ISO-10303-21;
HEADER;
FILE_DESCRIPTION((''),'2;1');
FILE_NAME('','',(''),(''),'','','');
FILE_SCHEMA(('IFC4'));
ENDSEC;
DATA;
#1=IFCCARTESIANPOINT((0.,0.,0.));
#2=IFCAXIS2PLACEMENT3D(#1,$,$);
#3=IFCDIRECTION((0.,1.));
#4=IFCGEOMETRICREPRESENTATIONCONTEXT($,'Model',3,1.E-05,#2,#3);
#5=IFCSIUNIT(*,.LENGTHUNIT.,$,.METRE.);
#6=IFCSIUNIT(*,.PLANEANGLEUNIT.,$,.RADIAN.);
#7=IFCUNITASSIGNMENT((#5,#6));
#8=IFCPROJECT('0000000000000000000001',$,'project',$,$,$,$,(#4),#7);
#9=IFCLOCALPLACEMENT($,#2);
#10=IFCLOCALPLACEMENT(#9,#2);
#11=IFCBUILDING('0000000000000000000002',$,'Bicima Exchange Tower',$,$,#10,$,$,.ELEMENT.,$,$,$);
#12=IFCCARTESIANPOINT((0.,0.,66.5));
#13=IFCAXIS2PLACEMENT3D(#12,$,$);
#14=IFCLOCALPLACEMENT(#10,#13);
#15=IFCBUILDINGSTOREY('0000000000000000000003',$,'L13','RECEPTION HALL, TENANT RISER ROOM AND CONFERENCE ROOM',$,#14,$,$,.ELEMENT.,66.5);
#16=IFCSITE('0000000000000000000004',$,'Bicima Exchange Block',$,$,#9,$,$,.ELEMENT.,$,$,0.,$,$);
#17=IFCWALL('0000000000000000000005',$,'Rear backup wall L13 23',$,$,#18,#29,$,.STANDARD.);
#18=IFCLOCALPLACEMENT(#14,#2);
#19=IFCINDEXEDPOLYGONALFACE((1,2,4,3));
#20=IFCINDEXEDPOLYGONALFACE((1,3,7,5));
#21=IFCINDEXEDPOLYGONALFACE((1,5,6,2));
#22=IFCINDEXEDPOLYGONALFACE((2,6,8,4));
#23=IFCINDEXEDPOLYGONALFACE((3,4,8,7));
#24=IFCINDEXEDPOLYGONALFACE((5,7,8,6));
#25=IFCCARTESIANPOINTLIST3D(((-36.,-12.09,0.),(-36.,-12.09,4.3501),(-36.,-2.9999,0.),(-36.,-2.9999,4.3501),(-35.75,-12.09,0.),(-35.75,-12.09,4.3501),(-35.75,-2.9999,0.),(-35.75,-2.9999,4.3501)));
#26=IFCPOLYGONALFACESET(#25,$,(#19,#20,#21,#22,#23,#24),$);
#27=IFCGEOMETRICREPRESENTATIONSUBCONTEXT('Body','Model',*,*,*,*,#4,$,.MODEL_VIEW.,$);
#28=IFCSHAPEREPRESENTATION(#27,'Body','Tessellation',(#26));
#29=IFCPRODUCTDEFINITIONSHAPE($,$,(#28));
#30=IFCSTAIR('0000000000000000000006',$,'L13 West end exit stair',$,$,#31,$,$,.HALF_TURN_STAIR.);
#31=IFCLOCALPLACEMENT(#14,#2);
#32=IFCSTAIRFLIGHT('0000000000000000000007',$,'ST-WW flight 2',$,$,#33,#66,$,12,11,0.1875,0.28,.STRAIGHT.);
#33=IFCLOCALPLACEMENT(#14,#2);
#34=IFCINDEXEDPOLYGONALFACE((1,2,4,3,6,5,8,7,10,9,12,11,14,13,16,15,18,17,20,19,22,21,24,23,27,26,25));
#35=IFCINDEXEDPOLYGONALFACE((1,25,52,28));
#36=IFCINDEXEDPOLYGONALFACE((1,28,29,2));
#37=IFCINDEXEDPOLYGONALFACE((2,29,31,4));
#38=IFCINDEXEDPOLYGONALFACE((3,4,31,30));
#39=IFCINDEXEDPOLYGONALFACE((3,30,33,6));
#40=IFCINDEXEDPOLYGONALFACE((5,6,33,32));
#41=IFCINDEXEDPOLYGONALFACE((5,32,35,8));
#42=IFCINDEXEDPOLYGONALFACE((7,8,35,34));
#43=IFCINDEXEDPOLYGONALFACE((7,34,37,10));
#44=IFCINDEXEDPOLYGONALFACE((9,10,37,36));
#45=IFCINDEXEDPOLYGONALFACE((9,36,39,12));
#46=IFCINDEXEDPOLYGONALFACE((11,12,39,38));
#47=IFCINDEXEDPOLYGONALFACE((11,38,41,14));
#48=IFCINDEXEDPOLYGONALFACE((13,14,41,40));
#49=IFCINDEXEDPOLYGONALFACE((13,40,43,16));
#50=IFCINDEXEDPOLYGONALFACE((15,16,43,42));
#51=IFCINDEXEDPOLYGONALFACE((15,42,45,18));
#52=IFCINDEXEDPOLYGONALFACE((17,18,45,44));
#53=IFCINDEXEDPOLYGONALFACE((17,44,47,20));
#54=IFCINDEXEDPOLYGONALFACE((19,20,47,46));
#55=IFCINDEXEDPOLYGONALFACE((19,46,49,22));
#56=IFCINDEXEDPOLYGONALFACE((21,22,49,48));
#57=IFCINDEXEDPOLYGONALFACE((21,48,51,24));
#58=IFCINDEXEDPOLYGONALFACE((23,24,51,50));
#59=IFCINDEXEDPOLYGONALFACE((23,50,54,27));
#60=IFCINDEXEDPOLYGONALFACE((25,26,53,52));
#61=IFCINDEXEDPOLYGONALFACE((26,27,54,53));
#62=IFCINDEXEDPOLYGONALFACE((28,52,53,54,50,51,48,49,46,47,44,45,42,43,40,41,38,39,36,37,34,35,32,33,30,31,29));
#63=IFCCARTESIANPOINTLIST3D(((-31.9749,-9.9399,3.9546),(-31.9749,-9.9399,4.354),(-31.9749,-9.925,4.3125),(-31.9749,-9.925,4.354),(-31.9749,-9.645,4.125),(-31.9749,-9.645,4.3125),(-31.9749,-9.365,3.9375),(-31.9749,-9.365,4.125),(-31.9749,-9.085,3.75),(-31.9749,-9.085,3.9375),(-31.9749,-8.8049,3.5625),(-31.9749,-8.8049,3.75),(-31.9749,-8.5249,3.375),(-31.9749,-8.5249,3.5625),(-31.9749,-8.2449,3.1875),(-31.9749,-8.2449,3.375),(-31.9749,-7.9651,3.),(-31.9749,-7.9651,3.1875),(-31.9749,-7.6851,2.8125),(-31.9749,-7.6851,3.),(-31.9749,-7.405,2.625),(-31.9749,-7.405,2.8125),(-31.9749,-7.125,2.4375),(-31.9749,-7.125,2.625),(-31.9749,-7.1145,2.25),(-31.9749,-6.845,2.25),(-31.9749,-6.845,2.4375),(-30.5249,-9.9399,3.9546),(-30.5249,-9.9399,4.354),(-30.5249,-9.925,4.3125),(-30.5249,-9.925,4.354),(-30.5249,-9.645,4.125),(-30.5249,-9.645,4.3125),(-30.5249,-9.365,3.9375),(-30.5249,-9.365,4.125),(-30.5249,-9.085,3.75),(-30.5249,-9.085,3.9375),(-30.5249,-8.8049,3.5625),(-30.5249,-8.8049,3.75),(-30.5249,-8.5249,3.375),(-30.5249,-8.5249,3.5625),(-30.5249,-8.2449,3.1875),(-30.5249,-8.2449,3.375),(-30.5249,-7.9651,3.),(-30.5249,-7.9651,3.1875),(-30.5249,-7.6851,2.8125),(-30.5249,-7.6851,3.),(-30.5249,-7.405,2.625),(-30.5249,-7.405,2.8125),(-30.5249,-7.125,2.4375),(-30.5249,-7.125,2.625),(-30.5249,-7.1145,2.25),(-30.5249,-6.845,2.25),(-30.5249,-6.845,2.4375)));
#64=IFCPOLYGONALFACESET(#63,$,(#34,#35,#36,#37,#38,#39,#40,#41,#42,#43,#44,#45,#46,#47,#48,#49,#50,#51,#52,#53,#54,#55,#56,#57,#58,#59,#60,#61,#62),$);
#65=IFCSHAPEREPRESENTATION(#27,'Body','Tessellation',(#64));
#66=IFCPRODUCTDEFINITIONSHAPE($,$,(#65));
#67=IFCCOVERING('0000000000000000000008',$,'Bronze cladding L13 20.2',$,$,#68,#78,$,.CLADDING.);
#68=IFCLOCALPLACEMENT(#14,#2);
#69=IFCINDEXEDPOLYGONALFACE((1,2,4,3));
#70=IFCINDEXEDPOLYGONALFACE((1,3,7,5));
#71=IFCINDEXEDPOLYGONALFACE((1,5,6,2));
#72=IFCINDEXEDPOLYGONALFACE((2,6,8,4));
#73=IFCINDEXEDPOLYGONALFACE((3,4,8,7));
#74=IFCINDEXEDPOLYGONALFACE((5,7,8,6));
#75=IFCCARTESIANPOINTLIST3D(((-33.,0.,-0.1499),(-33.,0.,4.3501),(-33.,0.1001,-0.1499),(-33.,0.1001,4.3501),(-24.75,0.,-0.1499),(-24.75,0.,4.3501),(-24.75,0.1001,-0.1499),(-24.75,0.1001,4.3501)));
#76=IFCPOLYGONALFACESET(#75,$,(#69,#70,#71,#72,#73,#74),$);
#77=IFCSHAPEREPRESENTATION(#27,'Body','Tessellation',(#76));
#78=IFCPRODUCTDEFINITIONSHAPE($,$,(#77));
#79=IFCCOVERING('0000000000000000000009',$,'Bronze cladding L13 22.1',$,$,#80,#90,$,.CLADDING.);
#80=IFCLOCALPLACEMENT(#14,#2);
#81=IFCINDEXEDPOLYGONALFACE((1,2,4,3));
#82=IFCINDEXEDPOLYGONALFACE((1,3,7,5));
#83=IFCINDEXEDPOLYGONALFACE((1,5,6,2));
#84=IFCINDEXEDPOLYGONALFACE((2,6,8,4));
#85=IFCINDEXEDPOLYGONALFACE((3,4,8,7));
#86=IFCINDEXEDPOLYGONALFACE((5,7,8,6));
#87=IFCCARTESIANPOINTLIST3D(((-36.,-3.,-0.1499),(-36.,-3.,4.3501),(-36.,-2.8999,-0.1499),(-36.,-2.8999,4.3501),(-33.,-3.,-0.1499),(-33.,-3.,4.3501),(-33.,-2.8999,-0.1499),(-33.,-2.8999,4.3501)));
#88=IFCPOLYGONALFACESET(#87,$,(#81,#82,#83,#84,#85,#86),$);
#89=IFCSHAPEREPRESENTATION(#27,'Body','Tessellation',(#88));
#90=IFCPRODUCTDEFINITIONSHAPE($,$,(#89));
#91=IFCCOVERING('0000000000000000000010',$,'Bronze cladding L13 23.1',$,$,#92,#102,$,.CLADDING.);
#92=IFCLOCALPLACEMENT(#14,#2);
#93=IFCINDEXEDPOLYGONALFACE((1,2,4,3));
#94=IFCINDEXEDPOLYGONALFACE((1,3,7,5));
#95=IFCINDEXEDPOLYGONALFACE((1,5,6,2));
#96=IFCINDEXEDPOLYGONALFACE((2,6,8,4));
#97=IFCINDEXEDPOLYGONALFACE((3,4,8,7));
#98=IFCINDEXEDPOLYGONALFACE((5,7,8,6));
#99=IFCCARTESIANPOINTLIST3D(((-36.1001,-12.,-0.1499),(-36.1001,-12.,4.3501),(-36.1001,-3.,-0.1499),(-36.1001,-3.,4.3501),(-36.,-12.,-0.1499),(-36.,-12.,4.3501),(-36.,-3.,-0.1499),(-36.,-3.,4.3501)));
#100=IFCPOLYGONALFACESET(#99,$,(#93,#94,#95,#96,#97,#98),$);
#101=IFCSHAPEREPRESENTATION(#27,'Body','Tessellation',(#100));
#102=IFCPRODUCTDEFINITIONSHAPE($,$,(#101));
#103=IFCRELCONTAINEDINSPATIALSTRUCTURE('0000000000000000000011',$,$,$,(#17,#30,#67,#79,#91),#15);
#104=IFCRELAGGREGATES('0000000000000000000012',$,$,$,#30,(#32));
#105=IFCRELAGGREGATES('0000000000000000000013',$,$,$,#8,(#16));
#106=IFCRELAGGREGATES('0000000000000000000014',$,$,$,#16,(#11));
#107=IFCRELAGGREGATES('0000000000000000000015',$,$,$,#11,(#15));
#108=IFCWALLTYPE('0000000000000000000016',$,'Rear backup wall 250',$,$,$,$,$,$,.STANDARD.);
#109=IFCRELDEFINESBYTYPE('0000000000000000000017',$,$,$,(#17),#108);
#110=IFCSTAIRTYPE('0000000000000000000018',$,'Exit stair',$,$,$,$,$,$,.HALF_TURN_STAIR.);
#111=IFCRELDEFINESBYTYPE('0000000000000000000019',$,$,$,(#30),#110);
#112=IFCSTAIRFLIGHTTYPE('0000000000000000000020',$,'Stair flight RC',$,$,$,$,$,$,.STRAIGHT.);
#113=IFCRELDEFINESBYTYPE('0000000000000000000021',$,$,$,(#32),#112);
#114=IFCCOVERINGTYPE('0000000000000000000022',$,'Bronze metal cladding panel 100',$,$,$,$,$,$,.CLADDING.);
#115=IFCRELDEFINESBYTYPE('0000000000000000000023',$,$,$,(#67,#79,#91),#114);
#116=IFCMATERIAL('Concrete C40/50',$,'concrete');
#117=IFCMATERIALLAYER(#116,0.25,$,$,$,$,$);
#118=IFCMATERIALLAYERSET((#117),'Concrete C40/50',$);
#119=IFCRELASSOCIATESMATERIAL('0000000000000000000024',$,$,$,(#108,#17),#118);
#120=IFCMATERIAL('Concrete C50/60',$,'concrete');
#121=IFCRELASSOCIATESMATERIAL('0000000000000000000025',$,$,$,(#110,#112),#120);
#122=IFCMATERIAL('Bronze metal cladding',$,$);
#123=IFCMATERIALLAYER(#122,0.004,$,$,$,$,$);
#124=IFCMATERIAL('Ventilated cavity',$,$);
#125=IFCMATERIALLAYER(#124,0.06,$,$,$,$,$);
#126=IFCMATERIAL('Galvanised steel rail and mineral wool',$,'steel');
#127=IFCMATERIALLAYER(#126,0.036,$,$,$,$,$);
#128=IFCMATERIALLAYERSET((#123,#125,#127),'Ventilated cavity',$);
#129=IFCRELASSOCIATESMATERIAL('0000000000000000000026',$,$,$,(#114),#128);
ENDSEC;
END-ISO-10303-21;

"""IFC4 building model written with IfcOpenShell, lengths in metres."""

from ifc_helpers import new_model, si_unit, direction, frame, frame_2d, origin, origin_2d, place, context, subcontext, project, spatial, polyline, rectangle, outline, extrude, material, layer, layer_set, layer_usage, type_object, element, aggregate, save


model = new_model("IFC4")

# Units and contexts
model_context = context("Model", 3, precision=1e-05, world=origin(), true_north=direction((0.0, 1.0)))
body_context = subcontext(model_context, "Body", "Model", "MODEL_VIEW")
ifc_project = project(units=[si_unit("LENGTHUNIT", "METRE"), si_unit("PLANEANGLEUNIT", "RADIAN")], contexts=[model_context])

# Site, building, storey
site_placement = place(None, origin())
site = spatial("IfcSite", under=ifc_project, at=site_placement, Name="Bicima Exchange Block", CompositionType="ELEMENT", RefElevation=0.0)
building_placement = place(site_placement, origin())
building = spatial("IfcBuilding", under=site, at=building_placement, Name="Bicima Exchange Tower", CompositionType="ELEMENT")
storey_placement = place(building_placement, frame((0.0, 0.0, 66.5)))
storey = spatial("IfcBuildingStorey", under=building, at=storey_placement, Name="L13", Description="RECEPTION HALL, TENANT RISER ROOM AND CONFERENCE ROOM", CompositionType="ELEMENT", Elevation=66.5)

# Wall
ifc_material_1 = material(Name="Concrete C50/60", Category="concrete")
ifc_material_2 = material(Name="Concrete C40/50", Category="concrete")
ifc_layer_1 = layer(ifc_material_2, 0.25)
ifc_layer_set_1 = layer_set([ifc_layer_1], Name="Concrete C40/50")
ifc_layer_usage = layer_usage(ifc_layer_set_1, "AXIS2", "POSITIVE", -0.125)
wall_type_1 = type_object("IfcWallType", Name="Rear backup wall 250", PredefinedType="STANDARD", material=ifc_layer_set_1)
wall_1_placement = place(storey_placement, frame((-35.875, -3.0, 0.0), z_axis=(0.0, 0.0, 1.0), x_axis=(0.0, -1.0, 0.0)))
element("IfcWall", 1, at=wall_1_placement, inside=storey, type_object=wall_type_1, material=ifc_layer_usage, Name="Rear backup wall L13 23", PredefinedType="STANDARD", context=body_context, shape_type="SweptSolid", body=[
    extrude(rectangle(XDim=9.0901, YDim=0.25, at=frame_2d((4.5449, 0.0))), origin(), (0.0, 0.0, 1.0), 4.3501),
])

# Stair, stair flight
stair_type = type_object("IfcStairType", Name="Exit stair", PredefinedType="HALF_TURN_STAIR", material=ifc_material_1)
stair_placement = place(storey_placement, origin())
stair = element("IfcStair", 2, at=stair_placement, inside=storey, type_object=stair_type, Name="L13 West end exit stair", PredefinedType="HALF_TURN_STAIR")
stair_flight_type = type_object("IfcStairFlightType", Name="Stair flight RC", PredefinedType="STRAIGHT", material=ifc_material_1)
stair_flight_placement = place(storey_placement, frame((-31.25, -6.845, 2.25), z_axis=(0.0, 0.0, 1.0), x_axis=(0.0, -1.0, 0.0)))
stair_flight = element("IfcStairFlight", 3, at=stair_flight_placement, type_object=stair_flight_type, Name="ST-WW flight 2", NumberOfRisers=12, NumberOfTreads=11, PredefinedType="STRAIGHT", RiserHeight=0.1875, TreadLength=0.28, context=body_context, shape_type="SweptSolid", body=[
    extrude(outline(polyline([(0.0, 0.0), (0.0, 0.1875), (0.28, 0.1875), (0.28, 0.375), (0.5601, 0.375), (0.5601, 0.5625), (0.8401, 0.5625), (0.8401, 0.75), (1.1201, 0.75), (1.1201, 0.9375), (1.3999, 0.9375), (1.3999, 1.125), (1.6799, 1.125), (1.6799, 1.3125), (1.96, 1.3125), (1.96, 1.5), (2.24, 1.5), (2.24, 1.6875), (2.52, 1.6875), (2.52, 1.875), (2.8, 1.875), (2.8, 2.0625), (3.0801, 2.0625), (3.0801, 2.104), (3.095, 2.104), (3.095, 1.7046), (0.2695, 0.0), (0.0, 0.0)])), frame((0.0, 0.7251, 0.0), z_axis=(0.0, -1.0, 0.0), x_axis=(1.0, 0.0, 0.0)), (0.0, 0.0, 1.0), 1.45),
])
aggregate(stair, [stair_flight])

# Coverings
ifc_material_3 = material(Name="Bronze metal cladding")
ifc_layer_2 = layer(ifc_material_3, 0.004)
ifc_material_4 = material(Name="Ventilated cavity")
ifc_layer_3 = layer(ifc_material_4, 0.06)
ifc_material_5 = material(Name="Galvanised steel rail and mineral wool", Category="steel")
ifc_layer_4 = layer(ifc_material_5, 0.036)
ifc_layer_set_2 = layer_set([ifc_layer_2, ifc_layer_3, ifc_layer_4], Name="Ventilated cavity")
covering_type = type_object("IfcCoveringType", Name="Bronze metal cladding panel 100", PredefinedType="CLADDING", material=ifc_layer_set_2)
covering_1_placement = place(storey_placement, frame((-28.875, 0.05, -0.1499), z_axis=(0.0, 0.0, 1.0), x_axis=(-1.0, 0.0, 0.0)))
element("IfcCovering", 4, at=covering_1_placement, inside=storey, type_object=covering_type, Name="Bronze cladding L13 20.2", PredefinedType="CLADDING", context=body_context, shape_type="SweptSolid", body=[
    extrude(rectangle(XDim=8.25, YDim=0.1001, at=origin_2d()), origin(), (0.0, 0.0, 1.0), 4.5),
])
covering_2_placement = place(storey_placement, frame((-34.5, -2.95, -0.1499), z_axis=(0.0, 0.0, 1.0), x_axis=(-1.0, 0.0, 0.0)))
element("IfcCovering", 5, at=covering_2_placement, inside=storey, type_object=covering_type, Name="Bronze cladding L13 22.1", PredefinedType="CLADDING", context=body_context, shape_type="SweptSolid", body=[
    extrude(rectangle(XDim=3.0, YDim=0.1001, at=origin_2d()), origin(), (0.0, 0.0, 1.0), 4.5),
])
covering_3_placement = place(storey_placement, frame((-36.05, -7.5, -0.1499), z_axis=(0.0, 0.0, 1.0), x_axis=(0.0, -1.0, 0.0)))
element("IfcCovering", 6, at=covering_3_placement, inside=storey, type_object=covering_type, Name="Bronze cladding L13 23.1", PredefinedType="CLADDING", context=body_context, shape_type="SweptSolid", body=[
    extrude(rectangle(XDim=9.0, YDim=0.1001, at=origin_2d()), origin(), (0.0, 0.0, 1.0), 4.5),
])

save(model, "model.ifc")
